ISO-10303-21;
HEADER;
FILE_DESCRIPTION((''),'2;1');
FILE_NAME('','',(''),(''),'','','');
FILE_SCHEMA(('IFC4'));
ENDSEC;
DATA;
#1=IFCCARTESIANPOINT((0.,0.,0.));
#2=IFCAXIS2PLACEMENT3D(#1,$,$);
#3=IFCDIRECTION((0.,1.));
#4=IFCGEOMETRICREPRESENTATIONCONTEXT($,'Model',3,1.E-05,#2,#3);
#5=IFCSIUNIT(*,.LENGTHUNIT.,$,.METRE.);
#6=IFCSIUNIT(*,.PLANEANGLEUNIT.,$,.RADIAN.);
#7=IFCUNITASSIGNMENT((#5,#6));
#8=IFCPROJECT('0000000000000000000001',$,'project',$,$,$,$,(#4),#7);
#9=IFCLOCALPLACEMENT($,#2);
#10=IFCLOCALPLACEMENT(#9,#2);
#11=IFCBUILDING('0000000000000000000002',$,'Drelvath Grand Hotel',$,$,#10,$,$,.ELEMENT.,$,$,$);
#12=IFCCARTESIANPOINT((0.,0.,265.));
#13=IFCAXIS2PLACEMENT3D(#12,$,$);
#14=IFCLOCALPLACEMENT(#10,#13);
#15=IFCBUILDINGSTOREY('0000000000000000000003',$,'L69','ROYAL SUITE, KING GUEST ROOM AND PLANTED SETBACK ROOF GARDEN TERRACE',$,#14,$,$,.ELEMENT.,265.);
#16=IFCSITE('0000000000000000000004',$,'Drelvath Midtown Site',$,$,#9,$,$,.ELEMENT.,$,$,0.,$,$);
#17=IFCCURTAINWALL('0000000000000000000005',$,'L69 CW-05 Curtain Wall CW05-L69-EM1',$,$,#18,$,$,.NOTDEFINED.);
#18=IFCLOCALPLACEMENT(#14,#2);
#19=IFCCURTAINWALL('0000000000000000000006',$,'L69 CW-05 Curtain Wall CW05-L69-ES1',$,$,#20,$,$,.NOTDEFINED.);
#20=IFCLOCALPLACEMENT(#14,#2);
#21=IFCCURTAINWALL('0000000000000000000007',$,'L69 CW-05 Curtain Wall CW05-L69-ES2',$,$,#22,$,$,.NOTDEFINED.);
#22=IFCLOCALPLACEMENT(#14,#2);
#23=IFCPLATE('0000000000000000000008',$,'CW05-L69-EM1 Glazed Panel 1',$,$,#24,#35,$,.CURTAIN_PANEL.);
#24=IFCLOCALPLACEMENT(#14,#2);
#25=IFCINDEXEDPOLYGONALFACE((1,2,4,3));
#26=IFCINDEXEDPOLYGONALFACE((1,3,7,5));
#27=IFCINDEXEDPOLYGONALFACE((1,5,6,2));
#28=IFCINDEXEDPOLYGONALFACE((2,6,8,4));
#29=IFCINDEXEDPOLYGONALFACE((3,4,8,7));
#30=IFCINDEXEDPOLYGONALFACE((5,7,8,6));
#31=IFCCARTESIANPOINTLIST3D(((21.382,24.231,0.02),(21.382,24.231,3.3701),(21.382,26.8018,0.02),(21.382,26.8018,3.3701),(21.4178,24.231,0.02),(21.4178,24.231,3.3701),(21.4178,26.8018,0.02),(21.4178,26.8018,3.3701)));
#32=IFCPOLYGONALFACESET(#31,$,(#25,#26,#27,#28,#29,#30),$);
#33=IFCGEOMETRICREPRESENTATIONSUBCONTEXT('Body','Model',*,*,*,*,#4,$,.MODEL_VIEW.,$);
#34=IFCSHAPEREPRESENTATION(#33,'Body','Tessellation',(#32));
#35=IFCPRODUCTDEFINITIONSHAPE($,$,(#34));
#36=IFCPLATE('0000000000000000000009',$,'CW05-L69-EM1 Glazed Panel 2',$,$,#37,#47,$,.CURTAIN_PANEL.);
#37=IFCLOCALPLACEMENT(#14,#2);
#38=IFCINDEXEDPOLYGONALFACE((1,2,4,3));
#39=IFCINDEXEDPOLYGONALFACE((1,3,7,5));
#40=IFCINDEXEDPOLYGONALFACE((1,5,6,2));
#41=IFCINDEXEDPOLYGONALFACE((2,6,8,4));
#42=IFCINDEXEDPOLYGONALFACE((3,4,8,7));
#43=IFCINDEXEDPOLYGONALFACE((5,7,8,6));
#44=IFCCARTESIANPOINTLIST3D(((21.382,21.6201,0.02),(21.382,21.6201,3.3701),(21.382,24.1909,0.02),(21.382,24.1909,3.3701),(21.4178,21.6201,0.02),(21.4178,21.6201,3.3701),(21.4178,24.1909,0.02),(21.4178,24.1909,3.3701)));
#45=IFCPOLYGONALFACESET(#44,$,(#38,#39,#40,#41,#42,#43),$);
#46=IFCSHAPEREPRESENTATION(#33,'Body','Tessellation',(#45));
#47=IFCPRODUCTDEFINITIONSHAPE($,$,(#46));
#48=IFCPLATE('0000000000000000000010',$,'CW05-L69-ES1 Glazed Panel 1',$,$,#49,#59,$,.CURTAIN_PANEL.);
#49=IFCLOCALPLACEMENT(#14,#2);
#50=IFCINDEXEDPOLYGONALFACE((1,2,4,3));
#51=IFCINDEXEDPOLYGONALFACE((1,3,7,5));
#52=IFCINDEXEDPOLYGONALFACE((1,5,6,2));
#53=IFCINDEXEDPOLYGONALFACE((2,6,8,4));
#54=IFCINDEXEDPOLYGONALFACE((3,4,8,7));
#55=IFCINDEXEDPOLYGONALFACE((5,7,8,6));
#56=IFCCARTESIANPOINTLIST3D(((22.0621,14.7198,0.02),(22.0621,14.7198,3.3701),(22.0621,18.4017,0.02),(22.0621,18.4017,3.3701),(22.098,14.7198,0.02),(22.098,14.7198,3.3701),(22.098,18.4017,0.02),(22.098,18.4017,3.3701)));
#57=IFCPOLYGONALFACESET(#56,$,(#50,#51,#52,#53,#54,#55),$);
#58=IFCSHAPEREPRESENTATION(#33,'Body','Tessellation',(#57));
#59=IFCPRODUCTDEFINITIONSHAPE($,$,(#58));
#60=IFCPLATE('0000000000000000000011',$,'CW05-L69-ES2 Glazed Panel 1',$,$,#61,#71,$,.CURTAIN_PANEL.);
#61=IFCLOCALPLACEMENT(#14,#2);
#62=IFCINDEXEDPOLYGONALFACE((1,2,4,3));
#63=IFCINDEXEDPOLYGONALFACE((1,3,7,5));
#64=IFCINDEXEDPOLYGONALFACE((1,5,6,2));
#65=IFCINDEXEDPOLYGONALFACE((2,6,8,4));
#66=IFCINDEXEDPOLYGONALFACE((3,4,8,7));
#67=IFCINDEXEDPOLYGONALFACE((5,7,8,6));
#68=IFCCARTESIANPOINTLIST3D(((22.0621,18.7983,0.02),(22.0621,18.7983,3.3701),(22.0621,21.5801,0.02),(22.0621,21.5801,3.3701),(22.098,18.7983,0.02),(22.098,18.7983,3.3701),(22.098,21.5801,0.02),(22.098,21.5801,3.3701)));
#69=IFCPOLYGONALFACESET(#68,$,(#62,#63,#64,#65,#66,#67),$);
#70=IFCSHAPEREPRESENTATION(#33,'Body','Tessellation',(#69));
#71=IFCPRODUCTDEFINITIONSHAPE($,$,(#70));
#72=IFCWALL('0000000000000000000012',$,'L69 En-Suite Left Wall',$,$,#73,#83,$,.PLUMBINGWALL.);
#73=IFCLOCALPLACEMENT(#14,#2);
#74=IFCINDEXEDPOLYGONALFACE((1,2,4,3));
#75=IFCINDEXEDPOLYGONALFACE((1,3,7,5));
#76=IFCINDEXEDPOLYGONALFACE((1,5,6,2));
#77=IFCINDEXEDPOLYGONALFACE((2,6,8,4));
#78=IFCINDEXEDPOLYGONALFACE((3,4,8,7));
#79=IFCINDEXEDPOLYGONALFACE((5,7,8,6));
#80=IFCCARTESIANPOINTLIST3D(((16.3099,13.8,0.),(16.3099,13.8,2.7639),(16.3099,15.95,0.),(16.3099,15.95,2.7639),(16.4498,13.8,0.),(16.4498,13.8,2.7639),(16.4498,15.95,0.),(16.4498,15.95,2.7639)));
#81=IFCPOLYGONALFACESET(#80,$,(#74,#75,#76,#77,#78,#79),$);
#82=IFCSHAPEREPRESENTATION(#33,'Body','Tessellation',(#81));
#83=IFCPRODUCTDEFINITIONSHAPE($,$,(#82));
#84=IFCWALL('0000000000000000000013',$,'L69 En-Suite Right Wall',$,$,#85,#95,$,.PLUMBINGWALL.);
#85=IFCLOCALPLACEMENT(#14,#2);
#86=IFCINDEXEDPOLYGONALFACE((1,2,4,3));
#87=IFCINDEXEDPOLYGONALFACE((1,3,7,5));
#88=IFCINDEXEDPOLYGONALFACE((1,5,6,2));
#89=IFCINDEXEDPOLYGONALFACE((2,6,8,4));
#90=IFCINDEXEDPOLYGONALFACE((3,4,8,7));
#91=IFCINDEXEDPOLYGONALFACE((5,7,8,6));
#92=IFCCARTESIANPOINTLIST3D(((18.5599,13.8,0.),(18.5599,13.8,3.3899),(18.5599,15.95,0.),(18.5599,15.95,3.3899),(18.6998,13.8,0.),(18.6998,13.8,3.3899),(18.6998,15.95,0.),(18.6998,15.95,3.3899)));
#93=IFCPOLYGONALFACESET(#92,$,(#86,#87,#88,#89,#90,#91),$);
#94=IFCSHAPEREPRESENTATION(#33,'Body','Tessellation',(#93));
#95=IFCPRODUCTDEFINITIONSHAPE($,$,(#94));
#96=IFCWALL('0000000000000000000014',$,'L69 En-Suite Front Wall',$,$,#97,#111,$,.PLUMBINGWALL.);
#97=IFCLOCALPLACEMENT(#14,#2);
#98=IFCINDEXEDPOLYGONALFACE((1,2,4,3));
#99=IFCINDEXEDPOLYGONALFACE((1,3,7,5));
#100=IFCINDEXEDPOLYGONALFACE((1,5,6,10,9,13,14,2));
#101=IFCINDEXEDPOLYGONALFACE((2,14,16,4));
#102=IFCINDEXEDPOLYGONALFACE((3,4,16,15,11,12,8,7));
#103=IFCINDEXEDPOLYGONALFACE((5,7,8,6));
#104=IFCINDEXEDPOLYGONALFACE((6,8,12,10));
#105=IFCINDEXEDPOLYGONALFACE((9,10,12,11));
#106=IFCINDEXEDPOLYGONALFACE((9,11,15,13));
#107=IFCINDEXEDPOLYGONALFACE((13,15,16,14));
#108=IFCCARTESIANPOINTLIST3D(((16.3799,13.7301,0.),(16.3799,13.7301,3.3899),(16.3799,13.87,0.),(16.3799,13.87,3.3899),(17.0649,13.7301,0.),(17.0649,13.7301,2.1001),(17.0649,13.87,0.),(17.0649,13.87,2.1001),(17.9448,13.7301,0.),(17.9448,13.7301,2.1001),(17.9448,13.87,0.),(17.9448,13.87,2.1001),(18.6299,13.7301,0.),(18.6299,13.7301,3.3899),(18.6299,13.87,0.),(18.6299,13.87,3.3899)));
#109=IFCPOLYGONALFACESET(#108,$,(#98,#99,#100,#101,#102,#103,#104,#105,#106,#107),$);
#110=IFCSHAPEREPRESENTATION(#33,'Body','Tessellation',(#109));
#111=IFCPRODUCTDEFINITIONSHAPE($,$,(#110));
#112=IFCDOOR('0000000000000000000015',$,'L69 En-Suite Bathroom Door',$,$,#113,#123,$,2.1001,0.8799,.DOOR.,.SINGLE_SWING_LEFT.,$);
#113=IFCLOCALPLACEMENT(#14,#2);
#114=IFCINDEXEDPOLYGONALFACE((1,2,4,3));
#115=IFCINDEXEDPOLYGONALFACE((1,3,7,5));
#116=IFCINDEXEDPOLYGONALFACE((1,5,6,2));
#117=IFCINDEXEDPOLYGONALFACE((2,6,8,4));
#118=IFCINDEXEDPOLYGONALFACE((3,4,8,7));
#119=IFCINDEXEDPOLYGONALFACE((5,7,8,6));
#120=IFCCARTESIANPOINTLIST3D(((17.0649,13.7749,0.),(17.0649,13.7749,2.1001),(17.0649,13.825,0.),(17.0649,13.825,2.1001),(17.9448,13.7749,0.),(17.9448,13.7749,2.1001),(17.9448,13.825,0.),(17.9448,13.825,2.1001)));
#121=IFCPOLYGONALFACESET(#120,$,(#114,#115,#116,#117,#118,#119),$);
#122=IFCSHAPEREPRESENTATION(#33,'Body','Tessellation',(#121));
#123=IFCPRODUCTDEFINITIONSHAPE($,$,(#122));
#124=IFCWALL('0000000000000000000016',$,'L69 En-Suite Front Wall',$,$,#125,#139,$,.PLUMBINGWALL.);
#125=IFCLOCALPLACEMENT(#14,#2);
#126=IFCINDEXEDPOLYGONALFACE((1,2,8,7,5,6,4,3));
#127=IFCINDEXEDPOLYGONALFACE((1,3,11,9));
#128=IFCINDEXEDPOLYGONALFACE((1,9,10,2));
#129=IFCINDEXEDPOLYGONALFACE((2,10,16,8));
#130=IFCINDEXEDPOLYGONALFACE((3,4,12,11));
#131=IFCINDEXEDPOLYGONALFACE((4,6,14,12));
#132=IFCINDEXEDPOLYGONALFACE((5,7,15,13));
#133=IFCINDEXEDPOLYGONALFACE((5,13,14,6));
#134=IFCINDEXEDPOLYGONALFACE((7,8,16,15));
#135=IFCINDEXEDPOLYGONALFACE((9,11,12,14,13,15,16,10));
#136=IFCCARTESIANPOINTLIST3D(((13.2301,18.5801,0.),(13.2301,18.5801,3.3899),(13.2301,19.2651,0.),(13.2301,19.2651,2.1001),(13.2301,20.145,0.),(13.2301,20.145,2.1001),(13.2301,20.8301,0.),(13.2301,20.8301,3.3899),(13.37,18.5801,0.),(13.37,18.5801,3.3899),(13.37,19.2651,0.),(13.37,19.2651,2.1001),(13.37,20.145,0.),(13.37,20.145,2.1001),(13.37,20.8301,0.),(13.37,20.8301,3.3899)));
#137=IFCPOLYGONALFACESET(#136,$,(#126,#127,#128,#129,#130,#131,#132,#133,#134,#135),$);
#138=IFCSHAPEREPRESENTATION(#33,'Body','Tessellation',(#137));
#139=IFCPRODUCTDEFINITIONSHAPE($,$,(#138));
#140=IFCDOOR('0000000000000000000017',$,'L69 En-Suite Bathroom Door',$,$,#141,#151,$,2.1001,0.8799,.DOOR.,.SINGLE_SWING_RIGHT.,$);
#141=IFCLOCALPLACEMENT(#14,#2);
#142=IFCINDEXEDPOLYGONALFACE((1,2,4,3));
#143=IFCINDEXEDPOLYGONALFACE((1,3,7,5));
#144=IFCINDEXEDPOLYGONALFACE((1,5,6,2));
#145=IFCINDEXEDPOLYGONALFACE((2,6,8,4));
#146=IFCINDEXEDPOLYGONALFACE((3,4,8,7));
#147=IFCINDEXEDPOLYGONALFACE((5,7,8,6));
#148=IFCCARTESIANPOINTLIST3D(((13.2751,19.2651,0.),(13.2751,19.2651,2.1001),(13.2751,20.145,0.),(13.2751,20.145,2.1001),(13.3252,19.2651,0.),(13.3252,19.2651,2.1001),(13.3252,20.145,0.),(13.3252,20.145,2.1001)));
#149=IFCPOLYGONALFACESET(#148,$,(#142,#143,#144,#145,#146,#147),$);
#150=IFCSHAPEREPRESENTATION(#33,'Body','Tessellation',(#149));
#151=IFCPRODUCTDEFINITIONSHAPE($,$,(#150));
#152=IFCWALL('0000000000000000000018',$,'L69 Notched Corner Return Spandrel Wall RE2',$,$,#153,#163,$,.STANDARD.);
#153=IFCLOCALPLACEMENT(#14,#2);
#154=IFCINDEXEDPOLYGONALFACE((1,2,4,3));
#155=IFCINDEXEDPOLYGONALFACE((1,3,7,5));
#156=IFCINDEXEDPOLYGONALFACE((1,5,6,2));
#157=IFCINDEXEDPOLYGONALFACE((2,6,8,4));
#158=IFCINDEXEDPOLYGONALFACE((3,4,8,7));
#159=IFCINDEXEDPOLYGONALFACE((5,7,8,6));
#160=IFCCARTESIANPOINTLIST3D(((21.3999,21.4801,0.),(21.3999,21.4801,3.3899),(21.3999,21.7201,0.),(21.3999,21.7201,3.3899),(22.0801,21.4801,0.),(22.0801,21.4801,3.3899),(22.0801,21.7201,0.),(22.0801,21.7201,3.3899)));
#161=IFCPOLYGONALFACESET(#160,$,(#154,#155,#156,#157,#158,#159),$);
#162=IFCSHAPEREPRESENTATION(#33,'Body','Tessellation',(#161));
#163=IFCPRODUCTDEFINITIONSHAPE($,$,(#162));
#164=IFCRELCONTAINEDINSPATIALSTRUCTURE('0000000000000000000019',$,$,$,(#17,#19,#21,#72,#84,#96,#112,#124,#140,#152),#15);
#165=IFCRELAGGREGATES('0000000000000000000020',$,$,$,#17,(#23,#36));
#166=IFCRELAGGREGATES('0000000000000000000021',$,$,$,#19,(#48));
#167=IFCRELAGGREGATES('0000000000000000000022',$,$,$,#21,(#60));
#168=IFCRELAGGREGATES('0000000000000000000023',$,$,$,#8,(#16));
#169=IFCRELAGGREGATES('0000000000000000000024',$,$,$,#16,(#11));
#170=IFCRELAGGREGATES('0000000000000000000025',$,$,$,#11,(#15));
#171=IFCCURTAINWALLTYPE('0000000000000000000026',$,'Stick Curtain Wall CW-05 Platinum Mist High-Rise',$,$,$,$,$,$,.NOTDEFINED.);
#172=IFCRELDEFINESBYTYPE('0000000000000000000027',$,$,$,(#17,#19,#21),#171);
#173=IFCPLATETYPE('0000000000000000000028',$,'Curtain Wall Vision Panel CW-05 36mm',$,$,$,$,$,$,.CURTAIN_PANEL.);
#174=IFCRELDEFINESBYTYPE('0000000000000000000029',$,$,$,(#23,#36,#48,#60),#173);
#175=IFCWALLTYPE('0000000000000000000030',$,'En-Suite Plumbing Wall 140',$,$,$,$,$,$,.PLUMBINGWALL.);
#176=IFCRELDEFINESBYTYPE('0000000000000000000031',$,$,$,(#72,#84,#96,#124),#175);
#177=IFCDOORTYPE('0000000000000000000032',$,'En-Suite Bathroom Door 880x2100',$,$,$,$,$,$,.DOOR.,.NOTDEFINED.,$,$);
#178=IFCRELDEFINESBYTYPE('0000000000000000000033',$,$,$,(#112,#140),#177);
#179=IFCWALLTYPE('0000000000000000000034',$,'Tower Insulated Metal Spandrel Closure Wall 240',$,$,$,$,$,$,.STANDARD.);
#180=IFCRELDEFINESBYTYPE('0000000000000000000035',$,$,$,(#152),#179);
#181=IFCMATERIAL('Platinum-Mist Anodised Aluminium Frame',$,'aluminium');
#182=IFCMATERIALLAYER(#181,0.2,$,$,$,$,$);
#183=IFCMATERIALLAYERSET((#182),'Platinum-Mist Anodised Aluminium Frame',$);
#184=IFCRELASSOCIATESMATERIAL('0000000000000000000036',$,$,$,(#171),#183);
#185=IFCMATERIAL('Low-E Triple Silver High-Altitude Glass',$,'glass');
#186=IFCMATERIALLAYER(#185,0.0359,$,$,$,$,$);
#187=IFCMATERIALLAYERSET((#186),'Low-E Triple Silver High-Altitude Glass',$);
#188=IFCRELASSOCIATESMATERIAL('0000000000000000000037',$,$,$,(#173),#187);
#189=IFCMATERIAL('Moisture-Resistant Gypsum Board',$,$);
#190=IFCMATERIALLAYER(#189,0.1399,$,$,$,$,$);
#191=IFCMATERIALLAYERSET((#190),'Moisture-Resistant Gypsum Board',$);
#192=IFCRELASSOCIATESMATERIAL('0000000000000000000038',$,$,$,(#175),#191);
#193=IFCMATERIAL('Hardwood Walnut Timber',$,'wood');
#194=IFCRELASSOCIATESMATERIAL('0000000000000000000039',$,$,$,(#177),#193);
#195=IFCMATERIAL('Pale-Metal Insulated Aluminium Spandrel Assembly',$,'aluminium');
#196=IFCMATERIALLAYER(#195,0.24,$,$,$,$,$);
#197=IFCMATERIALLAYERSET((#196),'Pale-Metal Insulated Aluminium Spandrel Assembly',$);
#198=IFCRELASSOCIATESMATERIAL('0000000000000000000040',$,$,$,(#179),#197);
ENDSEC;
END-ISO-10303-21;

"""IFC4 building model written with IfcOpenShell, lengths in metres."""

from ifc_helpers import new_model, si_unit, direction, frame, frame_2d, origin, origin_2d, place, context, subcontext, project, spatial, rectangle, extrude, material, layer, layer_set, type_object, element, fill, aggregate, save


model = new_model("IFC4")

# Units and contexts
model_context = context("Model", 3, precision=1e-05, world=origin(), true_north=direction((0.0, 1.0)))
body_context = subcontext(model_context, "Body", "Model", "MODEL_VIEW")
ifc_project = project(units=[si_unit("LENGTHUNIT", "METRE"), si_unit("PLANEANGLEUNIT", "RADIAN")], contexts=[model_context])

# Site, building, storey
site_placement = place(None, origin())
site = spatial("IfcSite", under=ifc_project, at=site_placement, Name="Drelvath Midtown Site", CompositionType="ELEMENT", RefElevation=0.0)
building_placement = place(site_placement, origin())
building = spatial("IfcBuilding", under=site, at=building_placement, Name="Drelvath Grand Hotel", CompositionType="ELEMENT")
storey_placement = place(building_placement, frame((0.0, 0.0, 265.0)))
storey = spatial("IfcBuildingStorey", under=building, at=storey_placement, Name="L69", Description="ROYAL SUITE, KING GUEST ROOM AND PLANTED SETBACK ROOF GARDEN TERRACE", CompositionType="ELEMENT", Elevation=265.0)

# Curtain walls
ifc_material_1 = material(Name="Platinum-Mist Anodised Aluminium Frame", Category="aluminium")
ifc_layer_1 = layer(ifc_material_1, 0.2)
ifc_layer_set_1 = layer_set([ifc_layer_1], Name="Platinum-Mist Anodised Aluminium Frame")
curtain_wall_type = type_object("IfcCurtainWallType", Name="Stick Curtain Wall CW-05 Platinum Mist High-Rise", PredefinedType="NOTDEFINED", material=ifc_layer_set_1)
curtain_wall_1_placement = place(storey_placement, origin())
curtain_wall_1 = element("IfcCurtainWall", 1, at=curtain_wall_1_placement, inside=storey, type_object=curtain_wall_type, Name="L69 CW-05 Curtain Wall CW05-L69-EM1", PredefinedType="NOTDEFINED")
curtain_wall_2_placement = place(storey_placement, origin())
curtain_wall_2 = element("IfcCurtainWall", 2, at=curtain_wall_2_placement, inside=storey, type_object=curtain_wall_type, Name="L69 CW-05 Curtain Wall CW05-L69-ES1", PredefinedType="NOTDEFINED")
curtain_wall_3_placement = place(storey_placement, origin())
curtain_wall_3 = element("IfcCurtainWall", 3, at=curtain_wall_3_placement, inside=storey, type_object=curtain_wall_type, Name="L69 CW-05 Curtain Wall CW05-L69-ES2", PredefinedType="NOTDEFINED")

# Plates
ifc_material_2 = material(Name="Low-E Triple Silver High-Altitude Glass", Category="glass")
ifc_layer_2 = layer(ifc_material_2, 0.0359)
ifc_layer_set_2 = layer_set([ifc_layer_2], Name="Low-E Triple Silver High-Altitude Glass")
plate_type = type_object("IfcPlateType", Name="Curtain Wall Vision Panel CW-05 36mm", PredefinedType="CURTAIN_PANEL", material=ifc_layer_set_2)
plate_1_placement = place(storey_placement, frame((21.3999, 25.5164, 0.02), z_axis=(0.0, 0.0, 1.0), x_axis=(0.0, -1.0, 0.0)))
plate_1 = element("IfcPlate", 4, at=plate_1_placement, type_object=plate_type, Name="CW05-L69-EM1 Glazed Panel 1", PredefinedType="CURTAIN_PANEL", context=body_context, shape_type="SweptSolid", body=[
    extrude(rectangle(XDim=2.5708, YDim=0.0359, at=origin_2d()), origin(), (0.0, 0.0, 1.0), 3.3501),
])
plate_2_placement = place(storey_placement, frame((21.3999, 22.9055, 0.02), z_axis=(0.0, 0.0, 1.0), x_axis=(0.0, -1.0, 0.0)))
plate_2 = element("IfcPlate", 5, at=plate_2_placement, type_object=plate_type, Name="CW05-L69-EM1 Glazed Panel 2", PredefinedType="CURTAIN_PANEL", context=body_context, shape_type="SweptSolid", body=[
    extrude(rectangle(XDim=2.5708, YDim=0.0359, at=origin_2d()), origin(), (0.0, 0.0, 1.0), 3.3501),
])
aggregate(curtain_wall_1, [plate_1, plate_2])
plate_3_placement = place(storey_placement, frame((22.0801, 16.5608, 0.02), z_axis=(0.0, 0.0, 1.0), x_axis=(0.0, -1.0, 0.0)))
plate_3 = element("IfcPlate", 6, at=plate_3_placement, type_object=plate_type, Name="CW05-L69-ES1 Glazed Panel 1", PredefinedType="CURTAIN_PANEL", context=body_context, shape_type="SweptSolid", body=[
    extrude(rectangle(XDim=3.6819, YDim=0.0359, at=origin_2d()), origin(), (0.0, 0.0, 1.0), 3.3501),
])
aggregate(curtain_wall_2, [plate_3])
plate_4_placement = place(storey_placement, frame((22.0801, 20.1892, 0.02), z_axis=(0.0, 0.0, 1.0), x_axis=(0.0, -1.0, 0.0)))
plate_4 = element("IfcPlate", 7, at=plate_4_placement, type_object=plate_type, Name="CW05-L69-ES2 Glazed Panel 1", PredefinedType="CURTAIN_PANEL", context=body_context, shape_type="SweptSolid", body=[
    extrude(rectangle(XDim=2.7817, YDim=0.0359, at=origin_2d()), origin(), (0.0, 0.0, 1.0), 3.3501),
])
aggregate(curtain_wall_3, [plate_4])

# Walls
ifc_material_3 = material(Name="Moisture-Resistant Gypsum Board")
ifc_layer_3 = layer(ifc_material_3, 0.1399)
ifc_layer_set_3 = layer_set([ifc_layer_3], Name="Moisture-Resistant Gypsum Board")
wall_type_1 = type_object("IfcWallType", Name="En-Suite Plumbing Wall 140", PredefinedType="PLUMBINGWALL", material=ifc_layer_set_3)
wall_1_placement = place(storey_placement, frame((16.3799, 15.95, 0.0), z_axis=(0.0, 0.0, 1.0), x_axis=(0.0, -1.0, 0.0)))
element("IfcWall", 8, at=wall_1_placement, inside=storey, type_object=wall_type_1, Name="L69 En-Suite Left Wall", PredefinedType="PLUMBINGWALL", context=body_context, shape_type="SweptSolid", body=[
    extrude(rectangle(XDim=2.1499, YDim=0.1399, at=frame_2d((1.075, 0.0))), origin(), (0.0, 0.0, 1.0), 2.7639),
])
wall_2_placement = place(storey_placement, frame((18.6299, 15.95, 0.0), z_axis=(0.0, 0.0, 1.0), x_axis=(0.0, -1.0, 0.0)))
element("IfcWall", 9, at=wall_2_placement, inside=storey, type_object=wall_type_1, Name="L69 En-Suite Right Wall", PredefinedType="PLUMBINGWALL", context=body_context, shape_type="SweptSolid", body=[
    extrude(rectangle(XDim=2.1499, YDim=0.1399, at=frame_2d((1.075, 0.0))), origin(), (0.0, 0.0, 1.0), 3.3899),
])

# Walls, openings, doors
wall_3_placement = place(storey_placement, frame((16.3799, 13.8, 0.0), z_axis=(0.0, 0.0, 1.0), x_axis=(1.0, 0.0, 0.0)))
wall_3 = element("IfcWall", 10, at=wall_3_placement, inside=storey, type_object=wall_type_1, Name="L69 En-Suite Front Wall", PredefinedType="PLUMBINGWALL", context=body_context, shape_type="SweptSolid", body=[
    extrude(rectangle(XDim=2.25, YDim=0.1399, at=frame_2d((1.125, 0.0))), origin(), (0.0, 0.0, 1.0), 3.3899),
])
opening_1_placement = place(wall_3_placement, frame((0.6851, 0.0, 0.0)))
opening_1 = element("IfcOpeningElement", 11, at=opening_1_placement, cuts=wall_3, PredefinedType="OPENING", context=body_context, shape_type="SweptSolid", body=[
    extrude(rectangle(XDim=0.8799, YDim=2.1001, at=frame_2d((0.4399, 1.05))), frame((0.0, 0.0798, 0.0), z_axis=(0.0, -1.0, 0.0), x_axis=(1.0, 0.0, 0.0)), (0.0, 0.0, 1.0), 0.1599),
])
ifc_material_4 = material(Name="Hardwood Walnut Timber", Category="wood")
door_type = type_object("IfcDoorType", Name="En-Suite Bathroom Door 880x2100", OperationType="NOTDEFINED", PredefinedType="DOOR", material=ifc_material_4)
door_1_placement = place(opening_1_placement, origin())
door_1 = element("IfcDoor", 12, at=door_1_placement, inside=storey, type_object=door_type, Name="L69 En-Suite Bathroom Door", OperationType="SINGLE_SWING_LEFT", OverallHeight=2.1001, OverallWidth=0.8799, PredefinedType="DOOR", context=body_context, shape_type="SweptSolid", body=[
    extrude(rectangle(XDim=0.8799, YDim=2.1001, at=frame_2d((0.4399, 1.05))), frame((0.0, 0.0249, 0.0), z_axis=(0.0, -1.0, 0.0), x_axis=(1.0, 0.0, 0.0)), (0.0, 0.0, 1.0), 0.05),
])
fill(opening_1, door_1)
wall_4_placement = place(storey_placement, frame((13.3, 18.5801, 0.0), z_axis=(0.0, 0.0, 1.0), x_axis=(0.0, 1.0, 0.0)))
wall_4 = element("IfcWall", 13, at=wall_4_placement, inside=storey, type_object=wall_type_1, Name="L69 En-Suite Front Wall", PredefinedType="PLUMBINGWALL", context=body_context, shape_type="SweptSolid", body=[
    extrude(rectangle(XDim=2.25, YDim=0.1399, at=frame_2d((1.125, 0.0))), origin(), (0.0, 0.0, 1.0), 3.3899),
])
opening_2_placement = place(wall_4_placement, frame((0.6851, 0.0, 0.0)))
opening_2 = element("IfcOpeningElement", 14, at=opening_2_placement, cuts=wall_4, PredefinedType="OPENING", context=body_context, shape_type="SweptSolid", body=[
    extrude(rectangle(XDim=0.8799, YDim=2.1001, at=frame_2d((0.4399, 1.05))), frame((0.0, 0.0798, 0.0), z_axis=(0.0, -1.0, 0.0), x_axis=(1.0, 0.0, 0.0)), (0.0, 0.0, 1.0), 0.1599),
])
door_2_placement = place(opening_2_placement, origin())
door_2 = element("IfcDoor", 15, at=door_2_placement, inside=storey, type_object=door_type, Name="L69 En-Suite Bathroom Door", OperationType="SINGLE_SWING_RIGHT", OverallHeight=2.1001, OverallWidth=0.8799, PredefinedType="DOOR", context=body_context, shape_type="SweptSolid", body=[
    extrude(rectangle(XDim=0.8799, YDim=2.1001, at=frame_2d((0.4399, 1.05))), frame((0.0, 0.0249, 0.0), z_axis=(0.0, -1.0, 0.0), x_axis=(1.0, 0.0, 0.0)), (0.0, 0.0, 1.0), 0.05),
])
fill(opening_2, door_2)

# Wall
ifc_material_5 = material(Name="Pale-Metal Insulated Aluminium Spandrel Assembly", Category="aluminium")
ifc_layer_4 = layer(ifc_material_5, 0.24)
ifc_layer_set_4 = layer_set([ifc_layer_4], Name="Pale-Metal Insulated Aluminium Spandrel Assembly")
wall_type_2 = type_object("IfcWallType", Name="Tower Insulated Metal Spandrel Closure Wall 240", PredefinedType="STANDARD", material=ifc_layer_set_4)
wall_5_placement = place(storey_placement, frame((21.3999, 21.6001, 0.0), z_axis=(0.0, 0.0, 1.0), x_axis=(1.0, 0.0, 0.0)))
element("IfcWall", 16, at=wall_5_placement, inside=storey, type_object=wall_type_2, Name="L69 Notched Corner Return Spandrel Wall RE2", PredefinedType="STANDARD", context=body_context, shape_type="SweptSolid", body=[
    extrude(rectangle(XDim=0.6802, YDim=0.24, at=frame_2d((0.3401, 0.0))), origin(), (0.0, 0.0, 1.0), 3.3899),
])

save(model, "model.ifc")
